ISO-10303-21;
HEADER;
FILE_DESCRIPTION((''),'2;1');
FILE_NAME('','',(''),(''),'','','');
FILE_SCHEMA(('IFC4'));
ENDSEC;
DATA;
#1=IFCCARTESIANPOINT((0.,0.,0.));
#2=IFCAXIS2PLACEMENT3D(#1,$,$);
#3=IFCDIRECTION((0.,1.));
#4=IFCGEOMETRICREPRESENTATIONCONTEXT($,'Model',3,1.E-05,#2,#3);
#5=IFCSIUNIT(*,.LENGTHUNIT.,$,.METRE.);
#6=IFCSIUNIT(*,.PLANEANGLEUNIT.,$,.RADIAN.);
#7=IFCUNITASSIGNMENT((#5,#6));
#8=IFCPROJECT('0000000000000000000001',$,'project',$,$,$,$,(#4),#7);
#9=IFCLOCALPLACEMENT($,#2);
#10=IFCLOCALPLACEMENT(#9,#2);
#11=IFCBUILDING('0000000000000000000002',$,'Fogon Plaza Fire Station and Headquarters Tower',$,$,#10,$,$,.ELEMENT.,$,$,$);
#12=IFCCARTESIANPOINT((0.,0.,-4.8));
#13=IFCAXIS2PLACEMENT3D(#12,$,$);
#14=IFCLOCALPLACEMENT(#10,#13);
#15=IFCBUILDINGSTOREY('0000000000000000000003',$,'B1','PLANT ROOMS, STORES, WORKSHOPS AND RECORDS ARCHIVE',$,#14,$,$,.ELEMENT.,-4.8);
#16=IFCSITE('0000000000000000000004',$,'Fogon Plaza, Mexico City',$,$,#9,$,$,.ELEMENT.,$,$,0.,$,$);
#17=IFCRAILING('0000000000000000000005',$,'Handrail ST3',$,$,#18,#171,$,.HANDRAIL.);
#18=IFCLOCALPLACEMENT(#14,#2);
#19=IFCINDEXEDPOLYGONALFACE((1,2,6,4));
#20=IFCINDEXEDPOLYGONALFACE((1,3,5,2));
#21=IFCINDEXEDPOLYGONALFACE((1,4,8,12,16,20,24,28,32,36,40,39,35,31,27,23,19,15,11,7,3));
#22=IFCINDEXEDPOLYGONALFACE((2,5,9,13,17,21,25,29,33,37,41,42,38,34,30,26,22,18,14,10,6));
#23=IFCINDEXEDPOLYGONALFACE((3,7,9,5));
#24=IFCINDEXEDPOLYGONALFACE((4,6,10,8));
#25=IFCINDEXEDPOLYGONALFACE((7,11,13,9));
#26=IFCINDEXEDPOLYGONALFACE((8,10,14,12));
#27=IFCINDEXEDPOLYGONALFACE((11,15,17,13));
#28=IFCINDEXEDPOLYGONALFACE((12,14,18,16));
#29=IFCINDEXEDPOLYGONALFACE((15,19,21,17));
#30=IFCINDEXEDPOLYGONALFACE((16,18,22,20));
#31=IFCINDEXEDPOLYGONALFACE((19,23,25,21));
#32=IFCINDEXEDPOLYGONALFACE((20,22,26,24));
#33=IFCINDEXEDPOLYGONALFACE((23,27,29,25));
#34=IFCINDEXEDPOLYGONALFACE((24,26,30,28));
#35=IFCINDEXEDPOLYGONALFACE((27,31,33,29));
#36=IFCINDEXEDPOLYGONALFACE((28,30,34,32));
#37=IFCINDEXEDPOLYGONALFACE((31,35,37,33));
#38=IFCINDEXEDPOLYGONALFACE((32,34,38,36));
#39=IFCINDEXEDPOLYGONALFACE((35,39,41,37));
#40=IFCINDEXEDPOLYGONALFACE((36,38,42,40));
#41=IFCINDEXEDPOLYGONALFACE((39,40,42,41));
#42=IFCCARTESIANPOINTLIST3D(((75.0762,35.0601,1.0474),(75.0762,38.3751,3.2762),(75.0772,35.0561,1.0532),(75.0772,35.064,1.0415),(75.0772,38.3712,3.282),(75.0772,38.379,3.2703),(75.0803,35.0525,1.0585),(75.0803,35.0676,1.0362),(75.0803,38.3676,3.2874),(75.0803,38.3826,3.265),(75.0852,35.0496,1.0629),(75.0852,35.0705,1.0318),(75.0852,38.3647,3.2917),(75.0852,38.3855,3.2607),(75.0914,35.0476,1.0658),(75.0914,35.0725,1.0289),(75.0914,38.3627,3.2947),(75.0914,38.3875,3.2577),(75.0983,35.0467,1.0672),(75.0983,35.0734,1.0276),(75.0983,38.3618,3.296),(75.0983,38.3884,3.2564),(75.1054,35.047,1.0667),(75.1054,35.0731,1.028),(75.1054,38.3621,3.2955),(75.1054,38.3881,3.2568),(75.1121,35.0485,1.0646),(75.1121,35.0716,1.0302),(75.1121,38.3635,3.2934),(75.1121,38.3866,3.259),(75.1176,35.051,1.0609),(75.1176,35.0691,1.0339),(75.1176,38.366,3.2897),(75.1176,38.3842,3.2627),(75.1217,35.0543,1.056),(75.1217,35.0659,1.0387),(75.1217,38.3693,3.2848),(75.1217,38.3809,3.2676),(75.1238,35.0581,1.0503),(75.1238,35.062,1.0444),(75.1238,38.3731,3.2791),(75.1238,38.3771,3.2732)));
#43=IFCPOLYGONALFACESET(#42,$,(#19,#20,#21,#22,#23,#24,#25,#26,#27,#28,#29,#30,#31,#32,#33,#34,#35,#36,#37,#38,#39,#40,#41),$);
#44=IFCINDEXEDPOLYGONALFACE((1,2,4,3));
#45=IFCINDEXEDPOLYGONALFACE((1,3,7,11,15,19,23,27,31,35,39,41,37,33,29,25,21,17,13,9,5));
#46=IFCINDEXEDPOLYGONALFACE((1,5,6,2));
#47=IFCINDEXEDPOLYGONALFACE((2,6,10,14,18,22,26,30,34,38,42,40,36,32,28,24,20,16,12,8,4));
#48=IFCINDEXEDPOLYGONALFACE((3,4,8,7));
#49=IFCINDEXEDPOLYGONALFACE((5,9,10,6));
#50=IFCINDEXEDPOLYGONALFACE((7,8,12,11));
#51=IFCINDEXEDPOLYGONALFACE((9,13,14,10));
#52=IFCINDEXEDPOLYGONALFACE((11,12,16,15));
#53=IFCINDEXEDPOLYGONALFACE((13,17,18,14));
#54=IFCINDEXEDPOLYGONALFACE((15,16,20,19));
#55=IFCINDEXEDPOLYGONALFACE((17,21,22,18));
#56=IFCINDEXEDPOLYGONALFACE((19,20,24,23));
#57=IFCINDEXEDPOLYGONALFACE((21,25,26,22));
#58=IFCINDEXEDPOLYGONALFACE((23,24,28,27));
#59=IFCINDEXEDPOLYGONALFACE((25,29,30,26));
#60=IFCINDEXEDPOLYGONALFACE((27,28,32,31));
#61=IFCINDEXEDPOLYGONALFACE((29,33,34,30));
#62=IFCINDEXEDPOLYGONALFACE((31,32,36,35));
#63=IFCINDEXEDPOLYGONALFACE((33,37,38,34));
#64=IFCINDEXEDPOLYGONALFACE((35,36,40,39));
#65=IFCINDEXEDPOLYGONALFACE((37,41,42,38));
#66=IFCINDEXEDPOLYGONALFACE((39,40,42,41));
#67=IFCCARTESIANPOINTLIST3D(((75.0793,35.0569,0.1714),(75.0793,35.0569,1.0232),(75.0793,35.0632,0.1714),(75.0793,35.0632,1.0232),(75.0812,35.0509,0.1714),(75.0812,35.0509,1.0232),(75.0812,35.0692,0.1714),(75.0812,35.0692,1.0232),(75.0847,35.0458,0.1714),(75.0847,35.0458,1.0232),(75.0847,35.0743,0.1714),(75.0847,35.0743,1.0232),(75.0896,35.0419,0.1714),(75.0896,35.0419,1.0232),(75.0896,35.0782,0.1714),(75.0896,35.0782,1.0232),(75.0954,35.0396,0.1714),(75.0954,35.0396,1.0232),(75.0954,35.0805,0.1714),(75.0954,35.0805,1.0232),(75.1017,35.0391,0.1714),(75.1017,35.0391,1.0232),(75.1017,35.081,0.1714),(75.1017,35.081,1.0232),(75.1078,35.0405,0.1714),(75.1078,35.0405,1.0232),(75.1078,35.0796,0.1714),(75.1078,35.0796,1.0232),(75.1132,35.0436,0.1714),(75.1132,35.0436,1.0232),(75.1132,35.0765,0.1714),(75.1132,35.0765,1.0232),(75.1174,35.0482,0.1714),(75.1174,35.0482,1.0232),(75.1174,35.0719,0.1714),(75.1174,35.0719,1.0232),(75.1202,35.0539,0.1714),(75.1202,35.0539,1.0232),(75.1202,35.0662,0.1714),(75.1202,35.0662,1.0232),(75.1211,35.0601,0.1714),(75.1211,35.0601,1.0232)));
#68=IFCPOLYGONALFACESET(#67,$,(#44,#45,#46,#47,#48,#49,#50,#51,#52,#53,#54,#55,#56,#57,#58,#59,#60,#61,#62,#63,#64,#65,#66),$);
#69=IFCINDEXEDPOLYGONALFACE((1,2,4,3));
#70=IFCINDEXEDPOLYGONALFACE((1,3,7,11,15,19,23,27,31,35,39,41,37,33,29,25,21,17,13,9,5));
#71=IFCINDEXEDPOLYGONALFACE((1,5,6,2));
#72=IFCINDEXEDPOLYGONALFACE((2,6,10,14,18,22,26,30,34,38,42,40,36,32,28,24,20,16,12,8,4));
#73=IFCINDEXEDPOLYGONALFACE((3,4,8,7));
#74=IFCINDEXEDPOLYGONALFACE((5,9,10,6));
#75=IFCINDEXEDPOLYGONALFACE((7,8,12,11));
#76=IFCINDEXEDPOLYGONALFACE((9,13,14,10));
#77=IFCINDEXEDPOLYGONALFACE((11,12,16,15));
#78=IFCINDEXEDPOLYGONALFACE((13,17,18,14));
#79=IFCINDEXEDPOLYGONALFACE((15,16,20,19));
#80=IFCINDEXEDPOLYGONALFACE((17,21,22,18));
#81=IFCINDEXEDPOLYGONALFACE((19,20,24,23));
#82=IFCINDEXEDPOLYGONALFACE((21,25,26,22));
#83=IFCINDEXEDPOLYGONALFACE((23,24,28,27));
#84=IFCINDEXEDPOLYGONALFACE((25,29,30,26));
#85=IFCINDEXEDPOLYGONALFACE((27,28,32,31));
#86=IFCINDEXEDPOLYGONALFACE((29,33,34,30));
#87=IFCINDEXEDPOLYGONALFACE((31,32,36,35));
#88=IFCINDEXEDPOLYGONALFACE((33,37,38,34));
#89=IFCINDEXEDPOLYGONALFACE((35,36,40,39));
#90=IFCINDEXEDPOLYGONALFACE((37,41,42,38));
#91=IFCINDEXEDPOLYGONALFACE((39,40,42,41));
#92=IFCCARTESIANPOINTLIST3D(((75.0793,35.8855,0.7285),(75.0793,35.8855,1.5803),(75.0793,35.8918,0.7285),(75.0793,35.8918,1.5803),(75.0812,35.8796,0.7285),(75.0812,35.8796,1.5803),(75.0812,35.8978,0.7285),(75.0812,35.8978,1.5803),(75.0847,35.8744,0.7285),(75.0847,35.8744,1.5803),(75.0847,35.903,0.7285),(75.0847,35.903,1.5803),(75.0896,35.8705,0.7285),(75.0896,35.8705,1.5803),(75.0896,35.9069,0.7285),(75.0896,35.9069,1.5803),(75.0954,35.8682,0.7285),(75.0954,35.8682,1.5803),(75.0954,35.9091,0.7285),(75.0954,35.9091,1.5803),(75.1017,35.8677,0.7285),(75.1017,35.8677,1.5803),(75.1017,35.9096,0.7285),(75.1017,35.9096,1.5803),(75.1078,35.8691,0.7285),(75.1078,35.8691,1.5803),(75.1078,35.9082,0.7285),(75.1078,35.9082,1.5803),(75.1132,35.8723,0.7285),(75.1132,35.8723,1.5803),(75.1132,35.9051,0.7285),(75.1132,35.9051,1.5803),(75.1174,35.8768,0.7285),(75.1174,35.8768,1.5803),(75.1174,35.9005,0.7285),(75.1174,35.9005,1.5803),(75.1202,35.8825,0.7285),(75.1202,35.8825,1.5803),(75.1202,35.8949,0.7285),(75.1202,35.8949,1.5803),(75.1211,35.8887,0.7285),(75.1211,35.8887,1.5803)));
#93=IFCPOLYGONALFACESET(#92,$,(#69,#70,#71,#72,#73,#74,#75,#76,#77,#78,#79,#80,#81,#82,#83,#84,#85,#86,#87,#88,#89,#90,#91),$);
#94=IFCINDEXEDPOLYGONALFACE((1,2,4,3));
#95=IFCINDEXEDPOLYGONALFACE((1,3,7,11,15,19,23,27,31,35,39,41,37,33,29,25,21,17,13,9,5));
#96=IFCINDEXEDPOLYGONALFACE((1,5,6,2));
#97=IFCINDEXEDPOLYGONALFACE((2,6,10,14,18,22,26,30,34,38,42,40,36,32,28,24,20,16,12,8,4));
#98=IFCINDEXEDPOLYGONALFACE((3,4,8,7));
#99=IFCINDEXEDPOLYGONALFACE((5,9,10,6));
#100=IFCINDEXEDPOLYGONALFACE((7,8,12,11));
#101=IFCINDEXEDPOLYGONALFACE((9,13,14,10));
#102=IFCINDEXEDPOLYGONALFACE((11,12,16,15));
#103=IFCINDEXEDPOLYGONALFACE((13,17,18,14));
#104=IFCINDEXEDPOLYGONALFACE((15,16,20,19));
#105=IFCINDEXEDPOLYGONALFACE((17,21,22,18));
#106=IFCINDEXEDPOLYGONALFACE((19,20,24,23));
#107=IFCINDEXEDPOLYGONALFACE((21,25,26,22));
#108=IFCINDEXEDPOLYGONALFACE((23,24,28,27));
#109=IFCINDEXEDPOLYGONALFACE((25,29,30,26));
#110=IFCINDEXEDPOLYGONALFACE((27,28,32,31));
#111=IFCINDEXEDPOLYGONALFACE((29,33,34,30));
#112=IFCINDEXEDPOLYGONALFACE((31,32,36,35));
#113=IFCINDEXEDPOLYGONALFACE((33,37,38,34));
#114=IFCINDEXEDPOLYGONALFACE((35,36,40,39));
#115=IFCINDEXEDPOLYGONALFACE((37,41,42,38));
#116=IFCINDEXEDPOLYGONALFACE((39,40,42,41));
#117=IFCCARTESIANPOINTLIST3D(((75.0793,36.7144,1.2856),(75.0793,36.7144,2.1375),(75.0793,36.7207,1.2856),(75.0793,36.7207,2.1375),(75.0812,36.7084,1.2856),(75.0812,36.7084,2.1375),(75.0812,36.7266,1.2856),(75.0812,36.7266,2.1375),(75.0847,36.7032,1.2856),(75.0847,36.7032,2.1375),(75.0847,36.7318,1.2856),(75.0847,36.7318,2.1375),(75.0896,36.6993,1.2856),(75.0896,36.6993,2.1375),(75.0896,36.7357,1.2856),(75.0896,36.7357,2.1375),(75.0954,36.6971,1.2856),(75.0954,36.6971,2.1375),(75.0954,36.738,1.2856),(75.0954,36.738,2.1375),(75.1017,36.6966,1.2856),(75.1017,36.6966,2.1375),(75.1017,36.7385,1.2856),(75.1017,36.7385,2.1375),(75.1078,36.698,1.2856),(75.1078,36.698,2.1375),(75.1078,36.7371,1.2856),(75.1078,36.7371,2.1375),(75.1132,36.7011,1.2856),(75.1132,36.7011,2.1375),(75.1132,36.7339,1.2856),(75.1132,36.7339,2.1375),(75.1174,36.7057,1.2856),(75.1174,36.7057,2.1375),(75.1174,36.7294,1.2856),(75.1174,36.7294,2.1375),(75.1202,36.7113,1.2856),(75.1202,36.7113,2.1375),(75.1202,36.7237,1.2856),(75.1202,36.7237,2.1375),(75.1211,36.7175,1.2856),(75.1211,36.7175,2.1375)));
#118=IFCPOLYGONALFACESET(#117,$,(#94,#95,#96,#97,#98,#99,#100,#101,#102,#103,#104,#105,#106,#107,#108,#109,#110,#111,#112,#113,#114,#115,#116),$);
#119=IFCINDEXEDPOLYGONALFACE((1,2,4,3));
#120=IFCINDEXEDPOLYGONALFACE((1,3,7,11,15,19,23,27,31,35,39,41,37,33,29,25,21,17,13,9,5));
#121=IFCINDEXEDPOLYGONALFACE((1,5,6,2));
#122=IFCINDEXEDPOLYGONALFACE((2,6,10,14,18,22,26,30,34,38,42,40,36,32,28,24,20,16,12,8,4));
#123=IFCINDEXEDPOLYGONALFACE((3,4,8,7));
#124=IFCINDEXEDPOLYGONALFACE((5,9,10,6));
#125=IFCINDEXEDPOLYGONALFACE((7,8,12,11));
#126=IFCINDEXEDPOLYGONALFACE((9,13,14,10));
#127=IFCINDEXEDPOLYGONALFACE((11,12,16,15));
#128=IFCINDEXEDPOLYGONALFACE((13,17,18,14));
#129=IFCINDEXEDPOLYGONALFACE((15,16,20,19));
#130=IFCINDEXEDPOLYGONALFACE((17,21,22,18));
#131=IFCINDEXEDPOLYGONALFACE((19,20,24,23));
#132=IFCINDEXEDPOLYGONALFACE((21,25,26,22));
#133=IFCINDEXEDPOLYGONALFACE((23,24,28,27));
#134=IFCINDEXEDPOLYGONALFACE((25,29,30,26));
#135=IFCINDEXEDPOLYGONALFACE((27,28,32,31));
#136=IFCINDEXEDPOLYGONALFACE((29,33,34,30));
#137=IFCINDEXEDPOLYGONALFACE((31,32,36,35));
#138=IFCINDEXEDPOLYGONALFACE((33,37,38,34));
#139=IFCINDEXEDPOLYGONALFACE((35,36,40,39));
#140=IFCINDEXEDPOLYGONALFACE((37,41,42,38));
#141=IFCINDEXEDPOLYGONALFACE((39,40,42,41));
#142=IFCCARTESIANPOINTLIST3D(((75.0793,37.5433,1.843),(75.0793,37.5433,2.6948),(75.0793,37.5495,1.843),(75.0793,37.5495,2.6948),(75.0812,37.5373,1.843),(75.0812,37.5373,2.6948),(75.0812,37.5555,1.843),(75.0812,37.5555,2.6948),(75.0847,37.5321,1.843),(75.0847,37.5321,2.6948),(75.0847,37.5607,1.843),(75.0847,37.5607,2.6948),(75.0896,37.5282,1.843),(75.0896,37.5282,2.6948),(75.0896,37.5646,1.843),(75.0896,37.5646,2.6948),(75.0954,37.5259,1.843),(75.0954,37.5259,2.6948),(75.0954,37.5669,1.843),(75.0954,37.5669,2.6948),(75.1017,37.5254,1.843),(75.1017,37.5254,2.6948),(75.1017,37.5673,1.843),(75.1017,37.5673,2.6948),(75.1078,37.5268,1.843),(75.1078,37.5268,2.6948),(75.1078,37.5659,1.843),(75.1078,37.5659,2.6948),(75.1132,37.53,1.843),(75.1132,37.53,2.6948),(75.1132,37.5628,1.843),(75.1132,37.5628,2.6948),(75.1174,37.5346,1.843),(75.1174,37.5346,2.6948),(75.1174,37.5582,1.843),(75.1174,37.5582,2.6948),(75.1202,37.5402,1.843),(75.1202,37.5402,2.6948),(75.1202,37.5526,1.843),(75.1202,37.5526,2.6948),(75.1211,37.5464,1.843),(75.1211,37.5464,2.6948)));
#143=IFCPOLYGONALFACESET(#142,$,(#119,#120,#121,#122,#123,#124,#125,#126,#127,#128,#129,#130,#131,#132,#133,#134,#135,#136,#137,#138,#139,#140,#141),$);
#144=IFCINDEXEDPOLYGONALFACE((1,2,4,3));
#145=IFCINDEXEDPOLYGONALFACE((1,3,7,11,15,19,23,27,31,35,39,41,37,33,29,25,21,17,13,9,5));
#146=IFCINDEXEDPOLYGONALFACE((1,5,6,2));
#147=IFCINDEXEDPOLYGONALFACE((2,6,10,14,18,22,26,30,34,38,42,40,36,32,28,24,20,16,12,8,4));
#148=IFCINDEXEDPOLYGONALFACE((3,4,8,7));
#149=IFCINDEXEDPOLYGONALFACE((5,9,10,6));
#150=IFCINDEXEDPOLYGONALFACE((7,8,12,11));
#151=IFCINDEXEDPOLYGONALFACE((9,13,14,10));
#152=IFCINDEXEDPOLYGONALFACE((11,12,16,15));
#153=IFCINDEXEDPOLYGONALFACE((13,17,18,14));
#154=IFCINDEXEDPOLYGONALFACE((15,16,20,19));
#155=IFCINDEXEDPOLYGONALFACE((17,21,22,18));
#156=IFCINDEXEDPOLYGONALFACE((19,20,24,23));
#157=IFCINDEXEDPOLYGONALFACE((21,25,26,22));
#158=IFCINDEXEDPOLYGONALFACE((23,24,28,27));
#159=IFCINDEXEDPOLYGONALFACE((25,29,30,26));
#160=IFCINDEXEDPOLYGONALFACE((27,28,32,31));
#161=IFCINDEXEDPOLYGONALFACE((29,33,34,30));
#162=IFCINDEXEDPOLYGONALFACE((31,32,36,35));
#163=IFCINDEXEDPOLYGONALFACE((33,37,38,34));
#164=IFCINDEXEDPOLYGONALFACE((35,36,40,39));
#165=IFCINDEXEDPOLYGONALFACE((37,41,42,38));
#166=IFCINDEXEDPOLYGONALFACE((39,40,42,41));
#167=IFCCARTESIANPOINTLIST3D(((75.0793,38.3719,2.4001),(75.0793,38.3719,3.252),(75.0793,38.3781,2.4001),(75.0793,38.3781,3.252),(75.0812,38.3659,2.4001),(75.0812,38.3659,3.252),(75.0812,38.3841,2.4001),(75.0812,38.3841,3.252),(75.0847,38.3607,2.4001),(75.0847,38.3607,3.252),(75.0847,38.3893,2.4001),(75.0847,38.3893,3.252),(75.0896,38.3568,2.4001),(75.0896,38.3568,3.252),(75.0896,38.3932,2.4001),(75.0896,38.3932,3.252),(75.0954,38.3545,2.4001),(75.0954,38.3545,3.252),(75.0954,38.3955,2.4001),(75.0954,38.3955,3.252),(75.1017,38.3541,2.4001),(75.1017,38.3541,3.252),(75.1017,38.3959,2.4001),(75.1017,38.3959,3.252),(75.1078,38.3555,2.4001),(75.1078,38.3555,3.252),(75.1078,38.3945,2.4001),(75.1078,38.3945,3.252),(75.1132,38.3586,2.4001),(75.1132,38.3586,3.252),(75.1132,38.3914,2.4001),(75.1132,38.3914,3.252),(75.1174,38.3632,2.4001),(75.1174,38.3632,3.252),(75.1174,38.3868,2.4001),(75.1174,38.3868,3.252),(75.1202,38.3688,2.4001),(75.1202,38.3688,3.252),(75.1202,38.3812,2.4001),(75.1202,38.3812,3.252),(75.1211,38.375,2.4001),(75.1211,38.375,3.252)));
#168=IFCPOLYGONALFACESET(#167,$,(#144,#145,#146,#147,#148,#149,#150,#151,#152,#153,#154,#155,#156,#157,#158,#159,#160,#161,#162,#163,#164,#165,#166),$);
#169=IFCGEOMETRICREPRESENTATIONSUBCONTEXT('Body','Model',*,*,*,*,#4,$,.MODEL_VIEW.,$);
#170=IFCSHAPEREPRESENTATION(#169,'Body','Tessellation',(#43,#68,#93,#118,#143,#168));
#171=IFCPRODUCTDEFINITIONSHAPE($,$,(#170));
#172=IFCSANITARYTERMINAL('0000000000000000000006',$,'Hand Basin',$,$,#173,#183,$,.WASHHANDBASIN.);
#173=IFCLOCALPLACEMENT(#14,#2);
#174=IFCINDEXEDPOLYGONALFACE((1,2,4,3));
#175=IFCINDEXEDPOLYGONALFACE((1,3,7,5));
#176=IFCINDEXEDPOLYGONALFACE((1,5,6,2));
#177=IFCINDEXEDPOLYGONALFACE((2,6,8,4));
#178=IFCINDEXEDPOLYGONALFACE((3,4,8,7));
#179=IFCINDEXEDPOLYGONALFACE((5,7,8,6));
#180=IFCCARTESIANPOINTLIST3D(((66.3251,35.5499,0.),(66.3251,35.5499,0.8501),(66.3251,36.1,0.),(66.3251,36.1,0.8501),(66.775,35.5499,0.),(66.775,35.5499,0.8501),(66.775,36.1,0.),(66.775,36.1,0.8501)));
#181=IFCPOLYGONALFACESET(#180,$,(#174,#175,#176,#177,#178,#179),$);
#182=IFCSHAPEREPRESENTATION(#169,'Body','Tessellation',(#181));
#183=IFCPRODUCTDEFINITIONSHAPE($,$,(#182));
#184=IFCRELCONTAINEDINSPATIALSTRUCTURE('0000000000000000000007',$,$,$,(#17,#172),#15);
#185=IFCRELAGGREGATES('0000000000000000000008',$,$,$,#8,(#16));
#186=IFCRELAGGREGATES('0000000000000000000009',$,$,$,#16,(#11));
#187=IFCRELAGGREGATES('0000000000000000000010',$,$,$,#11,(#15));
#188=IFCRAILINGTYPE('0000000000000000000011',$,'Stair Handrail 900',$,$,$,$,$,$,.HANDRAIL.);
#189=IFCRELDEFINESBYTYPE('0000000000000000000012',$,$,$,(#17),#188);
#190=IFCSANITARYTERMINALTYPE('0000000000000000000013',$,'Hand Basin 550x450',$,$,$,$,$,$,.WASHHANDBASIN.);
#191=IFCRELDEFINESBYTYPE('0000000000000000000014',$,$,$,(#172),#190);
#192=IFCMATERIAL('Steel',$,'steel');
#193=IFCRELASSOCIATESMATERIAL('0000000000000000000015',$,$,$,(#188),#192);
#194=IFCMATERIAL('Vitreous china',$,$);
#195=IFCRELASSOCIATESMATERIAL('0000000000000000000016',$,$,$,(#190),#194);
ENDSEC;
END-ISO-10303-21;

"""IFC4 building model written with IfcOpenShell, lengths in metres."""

from ifc_helpers import new_model, si_unit, direction, frame, origin, origin_2d, place, context, subcontext, project, spatial, rectangle, circle, extrude, material, type_object, element, save


model = new_model("IFC4")

# Units and contexts
model_context = context("Model", 3, precision=1e-05, world=origin(), true_north=direction((0.0, 1.0)))
body_context = subcontext(model_context, "Body", "Model", "MODEL_VIEW")
ifc_project = project(units=[si_unit("LENGTHUNIT", "METRE"), si_unit("PLANEANGLEUNIT", "RADIAN")], contexts=[model_context])

# Site, building, storey
site_placement = place(None, origin())
site = spatial("IfcSite", under=ifc_project, at=site_placement, Name="Fogon Plaza, Mexico City", CompositionType="ELEMENT", RefElevation=0.0)
building_placement = place(site_placement, origin())
building = spatial("IfcBuilding", under=site, at=building_placement, Name="Fogon Plaza Fire Station and Headquarters Tower", CompositionType="ELEMENT")
storey_placement = place(building_placement, frame((0.0, 0.0, -4.8)))
storey = spatial("IfcBuildingStorey", under=building, at=storey_placement, Name="B1", Description="PLANT ROOMS, STORES, WORKSHOPS AND RECORDS ARCHIVE", CompositionType="ELEMENT", Elevation=-4.8)

# Railing
ifc_material_1 = material(Name="Steel", Category="steel")
railing_type = type_object("IfcRailingType", Name="Stair Handrail 900", PredefinedType="HANDRAIL", material=ifc_material_1)
railing_placement = place(storey_placement, frame((75.1001, 35.0601, 0.1714)))
element("IfcRailing", 1, at=railing_placement, inside=storey, type_object=railing_type, Name="Handrail ST3", PredefinedType="HANDRAIL", context=body_context, shape_type="SweptSolid", body=[
    extrude(circle(Radius=0.0239, at=origin_2d()), frame((0.0, 0.0, 0.876), z_axis=(0.0, 0.829872, 0.557954), x_axis=(-1.0, 0.0, 0.0)), (0.0, 0.0, 1.0), 3.9946),
    extrude(circle(Radius=0.021, at=origin_2d()), origin(), (0.0, 0.0, 1.0), 0.8518),
    extrude(circle(Radius=0.021, at=origin_2d()), frame((0.0, 0.8286, 0.5571)), (0.0, 0.0, 1.0), 0.8518),
    extrude(circle(Radius=0.021, at=origin_2d()), frame((0.0, 1.6575, 1.1143)), (0.0, 0.0, 1.0), 0.8518),
    extrude(circle(Radius=0.021, at=origin_2d()), frame((0.0, 2.4863, 1.6716)), (0.0, 0.0, 1.0), 0.8518),
    extrude(circle(Radius=0.021, at=origin_2d()), frame((0.0, 3.3149, 2.2288)), (0.0, 0.0, 1.0), 0.8518),
])

# Sanitary terminal
ifc_material_2 = material(Name="Vitreous china")
sanitary_terminal_type = type_object("IfcSanitaryTerminalType", Name="Hand Basin 550x450", PredefinedType="WASHHANDBASIN", material=ifc_material_2)
sanitary_terminal_placement = place(storey_placement, frame((66.55, 35.825, 0.0), z_axis=(0.0, 0.0, 1.0), x_axis=(1.0, 0.0, 0.0)))
element("IfcSanitaryTerminal", 2, at=sanitary_terminal_placement, inside=storey, type_object=sanitary_terminal_type, Name="Hand Basin", PredefinedType="WASHHANDBASIN", context=body_context, shape_type="SweptSolid", body=[
    extrude(rectangle(XDim=0.45, YDim=0.55, at=origin_2d()), origin(), (0.0, 0.0, 1.0), 0.8501),
])

save(model, "model.ifc")
